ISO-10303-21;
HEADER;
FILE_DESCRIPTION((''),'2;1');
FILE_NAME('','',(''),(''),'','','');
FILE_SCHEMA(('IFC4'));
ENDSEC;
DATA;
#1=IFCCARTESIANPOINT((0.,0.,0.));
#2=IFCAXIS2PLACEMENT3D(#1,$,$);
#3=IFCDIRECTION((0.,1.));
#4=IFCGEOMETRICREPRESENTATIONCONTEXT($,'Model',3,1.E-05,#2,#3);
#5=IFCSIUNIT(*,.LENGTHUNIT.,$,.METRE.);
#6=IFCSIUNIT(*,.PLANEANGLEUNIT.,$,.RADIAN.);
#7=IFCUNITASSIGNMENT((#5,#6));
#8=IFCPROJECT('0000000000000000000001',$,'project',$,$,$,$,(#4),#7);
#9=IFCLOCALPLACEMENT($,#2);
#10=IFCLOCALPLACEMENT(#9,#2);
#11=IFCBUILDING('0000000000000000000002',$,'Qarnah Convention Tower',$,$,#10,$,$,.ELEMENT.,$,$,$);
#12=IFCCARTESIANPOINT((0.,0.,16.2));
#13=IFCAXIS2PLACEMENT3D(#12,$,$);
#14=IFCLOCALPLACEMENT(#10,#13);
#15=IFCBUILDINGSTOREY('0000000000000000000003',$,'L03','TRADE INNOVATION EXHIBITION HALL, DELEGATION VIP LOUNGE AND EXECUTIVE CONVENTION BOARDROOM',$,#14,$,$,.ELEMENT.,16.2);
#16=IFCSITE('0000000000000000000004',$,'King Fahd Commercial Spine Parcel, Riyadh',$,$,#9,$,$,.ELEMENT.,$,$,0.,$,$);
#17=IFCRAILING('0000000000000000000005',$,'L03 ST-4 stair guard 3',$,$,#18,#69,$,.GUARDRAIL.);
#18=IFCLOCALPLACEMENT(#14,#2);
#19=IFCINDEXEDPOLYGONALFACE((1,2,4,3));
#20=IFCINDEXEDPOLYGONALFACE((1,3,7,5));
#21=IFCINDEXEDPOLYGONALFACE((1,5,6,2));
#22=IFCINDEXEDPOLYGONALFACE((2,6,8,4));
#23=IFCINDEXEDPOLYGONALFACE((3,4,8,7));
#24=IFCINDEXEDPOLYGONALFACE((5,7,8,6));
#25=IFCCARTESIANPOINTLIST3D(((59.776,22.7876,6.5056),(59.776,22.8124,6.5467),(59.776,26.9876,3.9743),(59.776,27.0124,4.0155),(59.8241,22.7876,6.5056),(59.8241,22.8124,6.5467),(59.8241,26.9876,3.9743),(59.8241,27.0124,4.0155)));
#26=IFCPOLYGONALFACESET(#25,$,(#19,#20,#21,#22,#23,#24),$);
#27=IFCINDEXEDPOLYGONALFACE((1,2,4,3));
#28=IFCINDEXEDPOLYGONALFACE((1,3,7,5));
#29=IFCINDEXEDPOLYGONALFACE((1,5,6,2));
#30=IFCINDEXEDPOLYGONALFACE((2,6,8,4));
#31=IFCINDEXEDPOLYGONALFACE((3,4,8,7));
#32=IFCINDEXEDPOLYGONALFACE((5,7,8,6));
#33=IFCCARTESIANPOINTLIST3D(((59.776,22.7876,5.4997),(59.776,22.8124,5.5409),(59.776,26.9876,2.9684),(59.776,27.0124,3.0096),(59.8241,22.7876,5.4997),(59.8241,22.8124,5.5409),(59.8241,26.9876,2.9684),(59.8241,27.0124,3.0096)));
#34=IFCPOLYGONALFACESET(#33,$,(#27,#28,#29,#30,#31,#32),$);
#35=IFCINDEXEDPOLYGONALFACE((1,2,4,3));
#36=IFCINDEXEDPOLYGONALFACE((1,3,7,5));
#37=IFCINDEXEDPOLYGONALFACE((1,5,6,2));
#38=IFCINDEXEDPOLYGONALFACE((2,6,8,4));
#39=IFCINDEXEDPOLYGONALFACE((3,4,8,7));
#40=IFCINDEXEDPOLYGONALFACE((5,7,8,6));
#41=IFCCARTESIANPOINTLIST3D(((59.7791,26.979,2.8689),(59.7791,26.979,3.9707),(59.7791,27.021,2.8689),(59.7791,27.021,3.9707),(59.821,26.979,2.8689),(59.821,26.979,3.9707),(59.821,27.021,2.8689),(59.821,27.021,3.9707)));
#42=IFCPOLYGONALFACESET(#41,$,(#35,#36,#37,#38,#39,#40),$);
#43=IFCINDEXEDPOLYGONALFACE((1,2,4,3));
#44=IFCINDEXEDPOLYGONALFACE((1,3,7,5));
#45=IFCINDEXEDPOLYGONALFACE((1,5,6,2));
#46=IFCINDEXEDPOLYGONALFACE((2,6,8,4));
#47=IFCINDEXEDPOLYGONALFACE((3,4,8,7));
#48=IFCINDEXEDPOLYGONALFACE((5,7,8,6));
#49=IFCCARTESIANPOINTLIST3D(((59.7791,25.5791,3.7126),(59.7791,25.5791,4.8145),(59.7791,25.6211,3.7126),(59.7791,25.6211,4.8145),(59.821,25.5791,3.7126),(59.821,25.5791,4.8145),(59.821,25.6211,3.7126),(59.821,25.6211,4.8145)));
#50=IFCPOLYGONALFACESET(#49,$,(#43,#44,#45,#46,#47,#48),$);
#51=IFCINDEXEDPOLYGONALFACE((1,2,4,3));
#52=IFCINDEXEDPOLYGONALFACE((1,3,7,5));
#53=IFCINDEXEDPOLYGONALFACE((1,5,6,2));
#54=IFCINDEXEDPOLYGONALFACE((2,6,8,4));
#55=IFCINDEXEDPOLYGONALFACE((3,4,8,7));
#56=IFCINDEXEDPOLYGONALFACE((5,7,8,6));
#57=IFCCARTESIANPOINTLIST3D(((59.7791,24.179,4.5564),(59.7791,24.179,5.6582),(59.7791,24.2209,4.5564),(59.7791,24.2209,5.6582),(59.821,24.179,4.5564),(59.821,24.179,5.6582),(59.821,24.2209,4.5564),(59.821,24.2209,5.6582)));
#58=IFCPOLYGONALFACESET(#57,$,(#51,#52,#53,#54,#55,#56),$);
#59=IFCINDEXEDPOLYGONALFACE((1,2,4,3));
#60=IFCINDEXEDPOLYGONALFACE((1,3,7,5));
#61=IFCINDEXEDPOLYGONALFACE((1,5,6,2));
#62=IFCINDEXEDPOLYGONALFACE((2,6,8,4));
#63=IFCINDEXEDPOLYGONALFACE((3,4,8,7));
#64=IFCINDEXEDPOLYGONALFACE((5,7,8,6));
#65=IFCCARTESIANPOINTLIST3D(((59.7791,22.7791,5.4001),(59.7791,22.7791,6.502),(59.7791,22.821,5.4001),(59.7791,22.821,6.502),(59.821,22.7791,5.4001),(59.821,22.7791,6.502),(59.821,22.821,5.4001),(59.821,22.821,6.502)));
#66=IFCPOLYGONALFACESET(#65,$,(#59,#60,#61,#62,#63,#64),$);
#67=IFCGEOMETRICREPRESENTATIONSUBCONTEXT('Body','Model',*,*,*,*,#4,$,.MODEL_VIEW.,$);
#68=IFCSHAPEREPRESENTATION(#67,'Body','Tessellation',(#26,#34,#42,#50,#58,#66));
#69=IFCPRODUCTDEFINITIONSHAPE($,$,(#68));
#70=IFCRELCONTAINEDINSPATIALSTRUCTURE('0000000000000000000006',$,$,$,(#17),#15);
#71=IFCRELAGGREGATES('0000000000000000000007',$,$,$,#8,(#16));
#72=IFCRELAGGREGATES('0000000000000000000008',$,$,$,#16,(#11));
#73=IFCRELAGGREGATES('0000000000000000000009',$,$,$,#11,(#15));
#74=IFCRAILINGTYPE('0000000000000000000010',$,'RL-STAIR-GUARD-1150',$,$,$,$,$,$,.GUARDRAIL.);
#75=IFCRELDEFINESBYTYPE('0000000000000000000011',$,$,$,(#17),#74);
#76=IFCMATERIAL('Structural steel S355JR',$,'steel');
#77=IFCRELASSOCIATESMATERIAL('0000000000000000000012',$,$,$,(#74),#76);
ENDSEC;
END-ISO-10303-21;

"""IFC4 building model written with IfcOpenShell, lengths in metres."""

from ifc_helpers import new_model, si_unit, direction, frame, origin, origin_2d, place, context, subcontext, project, spatial, rectangle, extrude, material, type_object, element, save


model = new_model("IFC4")

# Units and contexts
model_context = context("Model", 3, precision=1e-05, world=origin(), true_north=direction((0.0, 1.0)))
body_context = subcontext(model_context, "Body", "Model", "MODEL_VIEW")
ifc_project = project(units=[si_unit("LENGTHUNIT", "METRE"), si_unit("PLANEANGLEUNIT", "RADIAN")], contexts=[model_context])

# Site, building, storey
site_placement = place(None, origin())
site = spatial("IfcSite", under=ifc_project, at=site_placement, Name="King Fahd Commercial Spine Parcel, Riyadh", CompositionType="ELEMENT", RefElevation=0.0)
building_placement = place(site_placement, origin())
building = spatial("IfcBuilding", under=site, at=building_placement, Name="Qarnah Convention Tower", CompositionType="ELEMENT")
storey_placement = place(building_placement, frame((0.0, 0.0, 16.2)))
storey = spatial("IfcBuildingStorey", under=building, at=storey_placement, Name="L03", Description="TRADE INNOVATION EXHIBITION HALL, DELEGATION VIP LOUNGE AND EXECUTIVE CONVENTION BOARDROOM", CompositionType="ELEMENT", Elevation=16.2)

# Shared definitions
ifc_material_1 = material(Name="Structural steel S355JR", Category="steel")

# Railing
railing_type = type_object("IfcRailingType", Name="RL-STAIR-GUARD-1150", PredefinedType="GUARDRAIL", material=ifc_material_1)
railing_1_placement = place(storey_placement, frame((59.8, 27.0, 2.8689)))
element("IfcRailing", 1, at=railing_1_placement, inside=storey, type_object=railing_type, Name="L03 ST-4 stair guard 3", PredefinedType="GUARDRAIL", context=body_context, shape_type="SweptSolid", body=[
    extrude(rectangle(XDim=0.0481, YDim=0.0481, at=origin_2d()), frame((0.0, 0.0, 1.126), z_axis=(0.0, -0.856476, 0.516186), x_axis=(1.0, 0.0, 0.0)), (0.0, 0.0, 1.0), 4.9038),
    extrude(rectangle(XDim=0.0481, YDim=0.0481, at=origin_2d()), frame((0.0, 0.0, 0.1201), z_axis=(0.0, -0.856476, 0.516186), x_axis=(1.0, 0.0, 0.0)), (0.0, 0.0, 1.0), 4.9038),
    extrude(rectangle(XDim=0.042, YDim=0.042, at=origin_2d()), origin(), (0.0, 0.0, 1.0), 1.1018),
    extrude(rectangle(XDim=0.042, YDim=0.042, at=origin_2d()), frame((0.0, -1.3999, 0.8438)), (0.0, 0.0, 1.0), 1.1018),
    extrude(rectangle(XDim=0.042, YDim=0.042, at=origin_2d()), frame((0.0, -2.8, 1.6875)), (0.0, 0.0, 1.0), 1.1018),
    extrude(rectangle(XDim=0.042, YDim=0.042, at=origin_2d()), frame((0.0, -4.2, 2.5312)), (0.0, 0.0, 1.0), 1.1018),
])

save(model, "model.ifc")
